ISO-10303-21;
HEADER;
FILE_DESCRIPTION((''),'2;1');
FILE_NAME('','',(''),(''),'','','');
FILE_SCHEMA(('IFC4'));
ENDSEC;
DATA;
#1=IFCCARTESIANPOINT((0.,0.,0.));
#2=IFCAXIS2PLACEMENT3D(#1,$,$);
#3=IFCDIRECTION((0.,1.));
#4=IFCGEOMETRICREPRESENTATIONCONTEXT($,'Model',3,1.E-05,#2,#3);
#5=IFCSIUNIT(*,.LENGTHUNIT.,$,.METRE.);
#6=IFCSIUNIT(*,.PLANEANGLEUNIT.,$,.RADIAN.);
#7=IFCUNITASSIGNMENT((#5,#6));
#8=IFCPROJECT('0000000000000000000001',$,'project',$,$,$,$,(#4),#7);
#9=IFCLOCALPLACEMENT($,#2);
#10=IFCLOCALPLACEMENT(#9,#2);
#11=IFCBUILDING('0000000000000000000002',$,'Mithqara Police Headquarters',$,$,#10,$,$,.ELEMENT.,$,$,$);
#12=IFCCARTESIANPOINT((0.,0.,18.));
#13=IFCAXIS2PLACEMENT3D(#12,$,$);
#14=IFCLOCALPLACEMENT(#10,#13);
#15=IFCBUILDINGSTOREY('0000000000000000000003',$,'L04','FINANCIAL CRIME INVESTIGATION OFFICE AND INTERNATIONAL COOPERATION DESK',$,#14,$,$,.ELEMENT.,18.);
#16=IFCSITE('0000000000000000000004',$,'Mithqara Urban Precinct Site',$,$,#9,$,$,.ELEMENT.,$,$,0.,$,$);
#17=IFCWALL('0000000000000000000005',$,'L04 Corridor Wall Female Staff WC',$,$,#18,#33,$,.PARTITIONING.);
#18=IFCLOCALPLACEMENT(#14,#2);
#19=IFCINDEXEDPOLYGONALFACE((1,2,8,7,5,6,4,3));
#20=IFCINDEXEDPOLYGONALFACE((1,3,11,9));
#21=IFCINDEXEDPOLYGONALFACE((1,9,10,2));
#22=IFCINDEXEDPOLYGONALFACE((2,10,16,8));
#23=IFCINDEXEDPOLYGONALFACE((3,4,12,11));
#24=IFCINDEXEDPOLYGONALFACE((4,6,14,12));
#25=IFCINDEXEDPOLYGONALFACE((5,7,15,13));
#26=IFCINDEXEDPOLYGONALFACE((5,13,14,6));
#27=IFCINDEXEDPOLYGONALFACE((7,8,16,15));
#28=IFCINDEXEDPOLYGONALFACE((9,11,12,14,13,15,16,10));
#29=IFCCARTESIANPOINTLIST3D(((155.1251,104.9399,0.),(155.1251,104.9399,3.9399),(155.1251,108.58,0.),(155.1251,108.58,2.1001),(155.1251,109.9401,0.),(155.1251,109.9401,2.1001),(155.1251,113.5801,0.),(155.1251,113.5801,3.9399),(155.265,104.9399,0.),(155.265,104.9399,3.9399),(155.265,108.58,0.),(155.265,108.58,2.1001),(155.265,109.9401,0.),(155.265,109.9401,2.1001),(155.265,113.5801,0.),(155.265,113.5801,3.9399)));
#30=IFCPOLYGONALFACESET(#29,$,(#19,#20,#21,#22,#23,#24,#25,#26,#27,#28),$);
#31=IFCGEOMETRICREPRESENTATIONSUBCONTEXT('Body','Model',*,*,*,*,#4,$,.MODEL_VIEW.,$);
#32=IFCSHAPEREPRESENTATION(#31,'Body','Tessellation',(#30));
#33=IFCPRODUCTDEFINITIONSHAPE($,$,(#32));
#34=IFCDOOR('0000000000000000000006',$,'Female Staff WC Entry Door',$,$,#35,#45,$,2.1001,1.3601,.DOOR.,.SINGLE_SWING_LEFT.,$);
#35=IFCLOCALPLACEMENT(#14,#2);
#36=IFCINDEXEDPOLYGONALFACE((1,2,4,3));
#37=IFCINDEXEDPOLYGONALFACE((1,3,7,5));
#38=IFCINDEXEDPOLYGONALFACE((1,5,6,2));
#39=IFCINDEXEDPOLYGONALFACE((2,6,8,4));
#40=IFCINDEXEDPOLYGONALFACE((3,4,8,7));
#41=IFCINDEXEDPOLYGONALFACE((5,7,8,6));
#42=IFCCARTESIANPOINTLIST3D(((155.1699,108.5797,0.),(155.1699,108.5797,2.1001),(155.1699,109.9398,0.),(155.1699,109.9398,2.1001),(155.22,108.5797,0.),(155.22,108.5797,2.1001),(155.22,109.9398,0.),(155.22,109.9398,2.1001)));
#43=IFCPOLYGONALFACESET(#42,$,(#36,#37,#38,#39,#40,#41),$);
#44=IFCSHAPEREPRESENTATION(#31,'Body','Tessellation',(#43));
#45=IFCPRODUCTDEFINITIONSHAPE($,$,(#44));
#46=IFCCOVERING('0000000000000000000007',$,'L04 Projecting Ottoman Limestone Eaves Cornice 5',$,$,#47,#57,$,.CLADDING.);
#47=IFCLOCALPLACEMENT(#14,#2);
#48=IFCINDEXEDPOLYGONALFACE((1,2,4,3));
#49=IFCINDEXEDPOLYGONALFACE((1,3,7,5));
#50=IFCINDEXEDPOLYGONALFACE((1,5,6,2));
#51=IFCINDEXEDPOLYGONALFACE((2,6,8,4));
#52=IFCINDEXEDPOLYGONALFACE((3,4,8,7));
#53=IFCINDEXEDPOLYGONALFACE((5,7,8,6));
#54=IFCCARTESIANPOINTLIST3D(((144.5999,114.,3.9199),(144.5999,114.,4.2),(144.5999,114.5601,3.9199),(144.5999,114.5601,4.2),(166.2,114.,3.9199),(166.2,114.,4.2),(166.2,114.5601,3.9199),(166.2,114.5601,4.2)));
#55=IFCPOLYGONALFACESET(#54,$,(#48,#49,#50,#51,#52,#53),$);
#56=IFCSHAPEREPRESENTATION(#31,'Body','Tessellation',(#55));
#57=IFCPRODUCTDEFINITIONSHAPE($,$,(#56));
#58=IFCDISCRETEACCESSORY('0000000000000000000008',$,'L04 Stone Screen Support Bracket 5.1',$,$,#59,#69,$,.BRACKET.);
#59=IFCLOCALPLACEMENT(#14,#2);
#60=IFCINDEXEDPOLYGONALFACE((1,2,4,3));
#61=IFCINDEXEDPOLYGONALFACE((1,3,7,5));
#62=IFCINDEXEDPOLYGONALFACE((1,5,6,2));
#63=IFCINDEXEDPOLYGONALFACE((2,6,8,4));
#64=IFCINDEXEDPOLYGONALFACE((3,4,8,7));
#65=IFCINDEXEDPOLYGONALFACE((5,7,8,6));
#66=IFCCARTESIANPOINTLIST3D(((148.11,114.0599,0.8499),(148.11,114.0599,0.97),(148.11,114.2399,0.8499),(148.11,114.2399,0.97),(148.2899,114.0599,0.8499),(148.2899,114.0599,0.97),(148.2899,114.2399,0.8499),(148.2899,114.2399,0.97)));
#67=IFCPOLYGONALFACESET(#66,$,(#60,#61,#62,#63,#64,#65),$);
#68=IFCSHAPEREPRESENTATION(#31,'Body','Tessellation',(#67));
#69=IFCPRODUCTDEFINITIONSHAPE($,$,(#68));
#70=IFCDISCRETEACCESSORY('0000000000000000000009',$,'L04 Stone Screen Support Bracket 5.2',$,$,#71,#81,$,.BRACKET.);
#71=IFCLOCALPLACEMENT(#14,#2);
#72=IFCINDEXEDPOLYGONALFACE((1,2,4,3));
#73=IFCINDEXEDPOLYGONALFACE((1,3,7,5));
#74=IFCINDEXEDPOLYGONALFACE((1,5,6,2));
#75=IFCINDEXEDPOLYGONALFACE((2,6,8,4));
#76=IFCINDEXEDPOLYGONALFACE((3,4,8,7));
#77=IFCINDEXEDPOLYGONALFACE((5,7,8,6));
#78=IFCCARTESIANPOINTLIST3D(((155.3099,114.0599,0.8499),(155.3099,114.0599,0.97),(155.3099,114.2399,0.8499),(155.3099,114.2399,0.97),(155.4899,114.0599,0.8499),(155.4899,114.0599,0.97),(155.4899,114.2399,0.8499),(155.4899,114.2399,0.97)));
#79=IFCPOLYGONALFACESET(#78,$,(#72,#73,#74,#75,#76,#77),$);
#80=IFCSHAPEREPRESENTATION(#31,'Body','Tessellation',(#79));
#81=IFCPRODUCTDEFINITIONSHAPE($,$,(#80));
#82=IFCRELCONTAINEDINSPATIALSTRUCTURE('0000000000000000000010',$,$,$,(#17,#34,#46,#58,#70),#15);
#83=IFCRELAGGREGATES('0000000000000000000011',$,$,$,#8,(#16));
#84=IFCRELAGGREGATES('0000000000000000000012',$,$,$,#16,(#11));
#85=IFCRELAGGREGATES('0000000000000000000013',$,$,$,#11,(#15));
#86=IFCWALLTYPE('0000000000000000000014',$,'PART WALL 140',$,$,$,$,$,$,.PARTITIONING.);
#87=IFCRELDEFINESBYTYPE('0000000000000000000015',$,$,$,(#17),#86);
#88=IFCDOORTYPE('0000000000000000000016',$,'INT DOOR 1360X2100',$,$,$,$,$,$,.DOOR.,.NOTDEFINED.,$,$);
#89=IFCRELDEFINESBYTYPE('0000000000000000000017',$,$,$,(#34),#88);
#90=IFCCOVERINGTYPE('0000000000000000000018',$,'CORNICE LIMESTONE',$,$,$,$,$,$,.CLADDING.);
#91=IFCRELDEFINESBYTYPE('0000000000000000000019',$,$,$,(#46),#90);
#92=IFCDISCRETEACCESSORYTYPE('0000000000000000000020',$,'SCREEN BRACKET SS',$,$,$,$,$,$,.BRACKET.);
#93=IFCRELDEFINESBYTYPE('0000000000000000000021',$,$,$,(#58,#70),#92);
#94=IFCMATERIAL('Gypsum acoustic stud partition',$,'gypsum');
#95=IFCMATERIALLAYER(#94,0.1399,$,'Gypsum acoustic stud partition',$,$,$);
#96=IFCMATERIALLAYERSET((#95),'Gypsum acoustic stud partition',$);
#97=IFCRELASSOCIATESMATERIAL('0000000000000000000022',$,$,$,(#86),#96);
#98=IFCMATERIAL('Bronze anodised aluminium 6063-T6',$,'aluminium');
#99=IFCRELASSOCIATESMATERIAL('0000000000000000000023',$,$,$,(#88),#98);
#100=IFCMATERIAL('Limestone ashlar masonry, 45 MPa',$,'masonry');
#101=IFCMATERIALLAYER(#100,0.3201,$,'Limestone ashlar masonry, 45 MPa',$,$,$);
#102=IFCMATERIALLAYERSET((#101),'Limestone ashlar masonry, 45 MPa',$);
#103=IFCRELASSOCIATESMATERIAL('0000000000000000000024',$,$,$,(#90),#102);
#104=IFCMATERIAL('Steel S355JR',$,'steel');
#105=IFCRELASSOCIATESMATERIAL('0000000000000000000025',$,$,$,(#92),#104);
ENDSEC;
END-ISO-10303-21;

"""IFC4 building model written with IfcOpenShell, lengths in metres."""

from ifc_helpers import new_model, si_unit, direction, frame, frame_2d, origin, origin_2d, place, context, subcontext, project, spatial, rectangle, extrude, material, layer, layer_set, type_object, element, fill, save


model = new_model("IFC4")

# Units and contexts
model_context = context("Model", 3, precision=1e-05, world=origin(), true_north=direction((0.0, 1.0)))
body_context = subcontext(model_context, "Body", "Model", "MODEL_VIEW")
ifc_project = project(units=[si_unit("LENGTHUNIT", "METRE"), si_unit("PLANEANGLEUNIT", "RADIAN")], contexts=[model_context])

# Site, building, storey
site_placement = place(None, origin())
site = spatial("IfcSite", under=ifc_project, at=site_placement, Name="Mithqara Urban Precinct Site", CompositionType="ELEMENT", RefElevation=0.0)
building_placement = place(site_placement, origin())
building = spatial("IfcBuilding", under=site, at=building_placement, Name="Mithqara Police Headquarters", CompositionType="ELEMENT")
storey_placement = place(building_placement, frame((0.0, 0.0, 18.0)))
storey = spatial("IfcBuildingStorey", under=building, at=storey_placement, Name="L04", Description="FINANCIAL CRIME INVESTIGATION OFFICE AND INTERNATIONAL COOPERATION DESK", CompositionType="ELEMENT", Elevation=18.0)

# Shared definitions
ifc_material_1 = material(Name="Steel S355JR", Category="steel")

# Shared definitions
ifc_material_2 = material(Name="Limestone ashlar masonry, 45 MPa", Category="masonry")

# Shared definitions
ifc_material_3 = material(Name="Gypsum acoustic stud partition", Category="gypsum")
ifc_layer_1 = layer(ifc_material_3, 0.1399, Name="Gypsum acoustic stud partition")
ifc_layer_set_1 = layer_set([ifc_layer_1], Name="Gypsum acoustic stud partition")
wall_type_1 = type_object("IfcWallType", Name="PART WALL 140", PredefinedType="PARTITIONING", material=ifc_layer_set_1)

# Wall, opening, door
wall_1_placement = place(storey_placement, frame((155.1951, 104.9399, 0.0), z_axis=(0.0, 0.0, 1.0), x_axis=(0.0, 1.0, 0.0)))
wall_1 = element("IfcWall", 1, at=wall_1_placement, inside=storey, type_object=wall_type_1, Name="L04 Corridor Wall Female Staff WC", PredefinedType="PARTITIONING", context=body_context, shape_type="SweptSolid", body=[
    extrude(rectangle(XDim=8.6401, YDim=0.1399, at=frame_2d((4.3201, 0.0))), origin(), (0.0, 0.0, 1.0), 3.9399),
])
opening_1_placement = place(wall_1_placement, frame((3.6399, 0.0, 0.0)))
opening_1 = element("IfcOpeningElement", 2, at=opening_1_placement, cuts=wall_1, PredefinedType="OPENING", context=body_context, shape_type="SweptSolid", body=[
    extrude(rectangle(XDim=1.3601, YDim=2.1001, at=frame_2d((0.6802, 1.05))), frame((0.0, 0.0801, 0.0), z_axis=(0.0, -1.0, 0.0), x_axis=(1.0, 0.0, 0.0)), (0.0, 0.0, 1.0), 0.1599),
])
ifc_material_4 = material(Name="Bronze anodised aluminium 6063-T6", Category="aluminium")
door_type = type_object("IfcDoorType", Name="INT DOOR 1360X2100", OperationType="NOTDEFINED", PredefinedType="DOOR", material=ifc_material_4)
door_placement = place(opening_1_placement, frame((1.3601, 0.0, 0.0), z_axis=(0.0, 0.0, 1.0), x_axis=(-1.0, 0.0, 0.0)))
door = element("IfcDoor", 3, at=door_placement, inside=storey, type_object=door_type, Name="Female Staff WC Entry Door", OperationType="SINGLE_SWING_LEFT", OverallHeight=2.1001, OverallWidth=1.3601, PredefinedType="DOOR", context=body_context, shape_type="SweptSolid", body=[
    extrude(rectangle(XDim=1.3601, YDim=2.1001, at=frame_2d((0.6802, 1.05))), frame((0.0, 0.0249, 0.0), z_axis=(0.0, -1.0, 0.0), x_axis=(1.0, 0.0, 0.0)), (0.0, 0.0, 1.0), 0.05),
])
fill(opening_1, door)

# Covering
ifc_layer_2 = layer(ifc_material_2, 0.3201, Name="Limestone ashlar masonry, 45 MPa")
ifc_layer_set_2 = layer_set([ifc_layer_2], Name="Limestone ashlar masonry, 45 MPa")
covering_type = type_object("IfcCoveringType", Name="CORNICE LIMESTONE", PredefinedType="CLADDING", material=ifc_layer_set_2)
covering_placement = place(storey_placement, frame((155.3999, 114.28, 3.9199), z_axis=(0.0, 0.0, 1.0), x_axis=(1.0, 0.0, 0.0)))
element("IfcCovering", 4, at=covering_placement, inside=storey, type_object=covering_type, Name="L04 Projecting Ottoman Limestone Eaves Cornice 5", PredefinedType="CLADDING", context=body_context, shape_type="SweptSolid", body=[
    extrude(rectangle(XDim=21.6001, YDim=0.5601, at=origin_2d()), origin(), (0.0, 0.0, 1.0), 0.28),
])

# Discrete accessories
discrete_accessory_type = type_object("IfcDiscreteAccessoryType", Name="SCREEN BRACKET SS", PredefinedType="BRACKET", material=ifc_material_1)
for number, where, z_axis, x_axis, name in (
    (5, (148.2, 114.1499, 0.8499), (0.0, 0.0, 1.0), (1.0, 0.0, 0.0), "L04 Stone Screen Support Bracket 5.1"),
    (6, (155.3999, 114.1499, 0.8499), (0.0, 0.0, 1.0), (1.0, 0.0, 0.0), "L04 Stone Screen Support Bracket 5.2"),
):
    element("IfcDiscreteAccessory", number, at=place(storey_placement, frame(where, z_axis=z_axis, x_axis=x_axis)), inside=storey, type_object=discrete_accessory_type, Name=name, PredefinedType="BRACKET", context=body_context, shape_type="SweptSolid", body=[
        extrude(rectangle(XDim=0.1799, YDim=0.1799, at=origin_2d()), origin(), (0.0, 0.0, 1.0), 0.1201),
    ])

save(model, "model.ifc")
